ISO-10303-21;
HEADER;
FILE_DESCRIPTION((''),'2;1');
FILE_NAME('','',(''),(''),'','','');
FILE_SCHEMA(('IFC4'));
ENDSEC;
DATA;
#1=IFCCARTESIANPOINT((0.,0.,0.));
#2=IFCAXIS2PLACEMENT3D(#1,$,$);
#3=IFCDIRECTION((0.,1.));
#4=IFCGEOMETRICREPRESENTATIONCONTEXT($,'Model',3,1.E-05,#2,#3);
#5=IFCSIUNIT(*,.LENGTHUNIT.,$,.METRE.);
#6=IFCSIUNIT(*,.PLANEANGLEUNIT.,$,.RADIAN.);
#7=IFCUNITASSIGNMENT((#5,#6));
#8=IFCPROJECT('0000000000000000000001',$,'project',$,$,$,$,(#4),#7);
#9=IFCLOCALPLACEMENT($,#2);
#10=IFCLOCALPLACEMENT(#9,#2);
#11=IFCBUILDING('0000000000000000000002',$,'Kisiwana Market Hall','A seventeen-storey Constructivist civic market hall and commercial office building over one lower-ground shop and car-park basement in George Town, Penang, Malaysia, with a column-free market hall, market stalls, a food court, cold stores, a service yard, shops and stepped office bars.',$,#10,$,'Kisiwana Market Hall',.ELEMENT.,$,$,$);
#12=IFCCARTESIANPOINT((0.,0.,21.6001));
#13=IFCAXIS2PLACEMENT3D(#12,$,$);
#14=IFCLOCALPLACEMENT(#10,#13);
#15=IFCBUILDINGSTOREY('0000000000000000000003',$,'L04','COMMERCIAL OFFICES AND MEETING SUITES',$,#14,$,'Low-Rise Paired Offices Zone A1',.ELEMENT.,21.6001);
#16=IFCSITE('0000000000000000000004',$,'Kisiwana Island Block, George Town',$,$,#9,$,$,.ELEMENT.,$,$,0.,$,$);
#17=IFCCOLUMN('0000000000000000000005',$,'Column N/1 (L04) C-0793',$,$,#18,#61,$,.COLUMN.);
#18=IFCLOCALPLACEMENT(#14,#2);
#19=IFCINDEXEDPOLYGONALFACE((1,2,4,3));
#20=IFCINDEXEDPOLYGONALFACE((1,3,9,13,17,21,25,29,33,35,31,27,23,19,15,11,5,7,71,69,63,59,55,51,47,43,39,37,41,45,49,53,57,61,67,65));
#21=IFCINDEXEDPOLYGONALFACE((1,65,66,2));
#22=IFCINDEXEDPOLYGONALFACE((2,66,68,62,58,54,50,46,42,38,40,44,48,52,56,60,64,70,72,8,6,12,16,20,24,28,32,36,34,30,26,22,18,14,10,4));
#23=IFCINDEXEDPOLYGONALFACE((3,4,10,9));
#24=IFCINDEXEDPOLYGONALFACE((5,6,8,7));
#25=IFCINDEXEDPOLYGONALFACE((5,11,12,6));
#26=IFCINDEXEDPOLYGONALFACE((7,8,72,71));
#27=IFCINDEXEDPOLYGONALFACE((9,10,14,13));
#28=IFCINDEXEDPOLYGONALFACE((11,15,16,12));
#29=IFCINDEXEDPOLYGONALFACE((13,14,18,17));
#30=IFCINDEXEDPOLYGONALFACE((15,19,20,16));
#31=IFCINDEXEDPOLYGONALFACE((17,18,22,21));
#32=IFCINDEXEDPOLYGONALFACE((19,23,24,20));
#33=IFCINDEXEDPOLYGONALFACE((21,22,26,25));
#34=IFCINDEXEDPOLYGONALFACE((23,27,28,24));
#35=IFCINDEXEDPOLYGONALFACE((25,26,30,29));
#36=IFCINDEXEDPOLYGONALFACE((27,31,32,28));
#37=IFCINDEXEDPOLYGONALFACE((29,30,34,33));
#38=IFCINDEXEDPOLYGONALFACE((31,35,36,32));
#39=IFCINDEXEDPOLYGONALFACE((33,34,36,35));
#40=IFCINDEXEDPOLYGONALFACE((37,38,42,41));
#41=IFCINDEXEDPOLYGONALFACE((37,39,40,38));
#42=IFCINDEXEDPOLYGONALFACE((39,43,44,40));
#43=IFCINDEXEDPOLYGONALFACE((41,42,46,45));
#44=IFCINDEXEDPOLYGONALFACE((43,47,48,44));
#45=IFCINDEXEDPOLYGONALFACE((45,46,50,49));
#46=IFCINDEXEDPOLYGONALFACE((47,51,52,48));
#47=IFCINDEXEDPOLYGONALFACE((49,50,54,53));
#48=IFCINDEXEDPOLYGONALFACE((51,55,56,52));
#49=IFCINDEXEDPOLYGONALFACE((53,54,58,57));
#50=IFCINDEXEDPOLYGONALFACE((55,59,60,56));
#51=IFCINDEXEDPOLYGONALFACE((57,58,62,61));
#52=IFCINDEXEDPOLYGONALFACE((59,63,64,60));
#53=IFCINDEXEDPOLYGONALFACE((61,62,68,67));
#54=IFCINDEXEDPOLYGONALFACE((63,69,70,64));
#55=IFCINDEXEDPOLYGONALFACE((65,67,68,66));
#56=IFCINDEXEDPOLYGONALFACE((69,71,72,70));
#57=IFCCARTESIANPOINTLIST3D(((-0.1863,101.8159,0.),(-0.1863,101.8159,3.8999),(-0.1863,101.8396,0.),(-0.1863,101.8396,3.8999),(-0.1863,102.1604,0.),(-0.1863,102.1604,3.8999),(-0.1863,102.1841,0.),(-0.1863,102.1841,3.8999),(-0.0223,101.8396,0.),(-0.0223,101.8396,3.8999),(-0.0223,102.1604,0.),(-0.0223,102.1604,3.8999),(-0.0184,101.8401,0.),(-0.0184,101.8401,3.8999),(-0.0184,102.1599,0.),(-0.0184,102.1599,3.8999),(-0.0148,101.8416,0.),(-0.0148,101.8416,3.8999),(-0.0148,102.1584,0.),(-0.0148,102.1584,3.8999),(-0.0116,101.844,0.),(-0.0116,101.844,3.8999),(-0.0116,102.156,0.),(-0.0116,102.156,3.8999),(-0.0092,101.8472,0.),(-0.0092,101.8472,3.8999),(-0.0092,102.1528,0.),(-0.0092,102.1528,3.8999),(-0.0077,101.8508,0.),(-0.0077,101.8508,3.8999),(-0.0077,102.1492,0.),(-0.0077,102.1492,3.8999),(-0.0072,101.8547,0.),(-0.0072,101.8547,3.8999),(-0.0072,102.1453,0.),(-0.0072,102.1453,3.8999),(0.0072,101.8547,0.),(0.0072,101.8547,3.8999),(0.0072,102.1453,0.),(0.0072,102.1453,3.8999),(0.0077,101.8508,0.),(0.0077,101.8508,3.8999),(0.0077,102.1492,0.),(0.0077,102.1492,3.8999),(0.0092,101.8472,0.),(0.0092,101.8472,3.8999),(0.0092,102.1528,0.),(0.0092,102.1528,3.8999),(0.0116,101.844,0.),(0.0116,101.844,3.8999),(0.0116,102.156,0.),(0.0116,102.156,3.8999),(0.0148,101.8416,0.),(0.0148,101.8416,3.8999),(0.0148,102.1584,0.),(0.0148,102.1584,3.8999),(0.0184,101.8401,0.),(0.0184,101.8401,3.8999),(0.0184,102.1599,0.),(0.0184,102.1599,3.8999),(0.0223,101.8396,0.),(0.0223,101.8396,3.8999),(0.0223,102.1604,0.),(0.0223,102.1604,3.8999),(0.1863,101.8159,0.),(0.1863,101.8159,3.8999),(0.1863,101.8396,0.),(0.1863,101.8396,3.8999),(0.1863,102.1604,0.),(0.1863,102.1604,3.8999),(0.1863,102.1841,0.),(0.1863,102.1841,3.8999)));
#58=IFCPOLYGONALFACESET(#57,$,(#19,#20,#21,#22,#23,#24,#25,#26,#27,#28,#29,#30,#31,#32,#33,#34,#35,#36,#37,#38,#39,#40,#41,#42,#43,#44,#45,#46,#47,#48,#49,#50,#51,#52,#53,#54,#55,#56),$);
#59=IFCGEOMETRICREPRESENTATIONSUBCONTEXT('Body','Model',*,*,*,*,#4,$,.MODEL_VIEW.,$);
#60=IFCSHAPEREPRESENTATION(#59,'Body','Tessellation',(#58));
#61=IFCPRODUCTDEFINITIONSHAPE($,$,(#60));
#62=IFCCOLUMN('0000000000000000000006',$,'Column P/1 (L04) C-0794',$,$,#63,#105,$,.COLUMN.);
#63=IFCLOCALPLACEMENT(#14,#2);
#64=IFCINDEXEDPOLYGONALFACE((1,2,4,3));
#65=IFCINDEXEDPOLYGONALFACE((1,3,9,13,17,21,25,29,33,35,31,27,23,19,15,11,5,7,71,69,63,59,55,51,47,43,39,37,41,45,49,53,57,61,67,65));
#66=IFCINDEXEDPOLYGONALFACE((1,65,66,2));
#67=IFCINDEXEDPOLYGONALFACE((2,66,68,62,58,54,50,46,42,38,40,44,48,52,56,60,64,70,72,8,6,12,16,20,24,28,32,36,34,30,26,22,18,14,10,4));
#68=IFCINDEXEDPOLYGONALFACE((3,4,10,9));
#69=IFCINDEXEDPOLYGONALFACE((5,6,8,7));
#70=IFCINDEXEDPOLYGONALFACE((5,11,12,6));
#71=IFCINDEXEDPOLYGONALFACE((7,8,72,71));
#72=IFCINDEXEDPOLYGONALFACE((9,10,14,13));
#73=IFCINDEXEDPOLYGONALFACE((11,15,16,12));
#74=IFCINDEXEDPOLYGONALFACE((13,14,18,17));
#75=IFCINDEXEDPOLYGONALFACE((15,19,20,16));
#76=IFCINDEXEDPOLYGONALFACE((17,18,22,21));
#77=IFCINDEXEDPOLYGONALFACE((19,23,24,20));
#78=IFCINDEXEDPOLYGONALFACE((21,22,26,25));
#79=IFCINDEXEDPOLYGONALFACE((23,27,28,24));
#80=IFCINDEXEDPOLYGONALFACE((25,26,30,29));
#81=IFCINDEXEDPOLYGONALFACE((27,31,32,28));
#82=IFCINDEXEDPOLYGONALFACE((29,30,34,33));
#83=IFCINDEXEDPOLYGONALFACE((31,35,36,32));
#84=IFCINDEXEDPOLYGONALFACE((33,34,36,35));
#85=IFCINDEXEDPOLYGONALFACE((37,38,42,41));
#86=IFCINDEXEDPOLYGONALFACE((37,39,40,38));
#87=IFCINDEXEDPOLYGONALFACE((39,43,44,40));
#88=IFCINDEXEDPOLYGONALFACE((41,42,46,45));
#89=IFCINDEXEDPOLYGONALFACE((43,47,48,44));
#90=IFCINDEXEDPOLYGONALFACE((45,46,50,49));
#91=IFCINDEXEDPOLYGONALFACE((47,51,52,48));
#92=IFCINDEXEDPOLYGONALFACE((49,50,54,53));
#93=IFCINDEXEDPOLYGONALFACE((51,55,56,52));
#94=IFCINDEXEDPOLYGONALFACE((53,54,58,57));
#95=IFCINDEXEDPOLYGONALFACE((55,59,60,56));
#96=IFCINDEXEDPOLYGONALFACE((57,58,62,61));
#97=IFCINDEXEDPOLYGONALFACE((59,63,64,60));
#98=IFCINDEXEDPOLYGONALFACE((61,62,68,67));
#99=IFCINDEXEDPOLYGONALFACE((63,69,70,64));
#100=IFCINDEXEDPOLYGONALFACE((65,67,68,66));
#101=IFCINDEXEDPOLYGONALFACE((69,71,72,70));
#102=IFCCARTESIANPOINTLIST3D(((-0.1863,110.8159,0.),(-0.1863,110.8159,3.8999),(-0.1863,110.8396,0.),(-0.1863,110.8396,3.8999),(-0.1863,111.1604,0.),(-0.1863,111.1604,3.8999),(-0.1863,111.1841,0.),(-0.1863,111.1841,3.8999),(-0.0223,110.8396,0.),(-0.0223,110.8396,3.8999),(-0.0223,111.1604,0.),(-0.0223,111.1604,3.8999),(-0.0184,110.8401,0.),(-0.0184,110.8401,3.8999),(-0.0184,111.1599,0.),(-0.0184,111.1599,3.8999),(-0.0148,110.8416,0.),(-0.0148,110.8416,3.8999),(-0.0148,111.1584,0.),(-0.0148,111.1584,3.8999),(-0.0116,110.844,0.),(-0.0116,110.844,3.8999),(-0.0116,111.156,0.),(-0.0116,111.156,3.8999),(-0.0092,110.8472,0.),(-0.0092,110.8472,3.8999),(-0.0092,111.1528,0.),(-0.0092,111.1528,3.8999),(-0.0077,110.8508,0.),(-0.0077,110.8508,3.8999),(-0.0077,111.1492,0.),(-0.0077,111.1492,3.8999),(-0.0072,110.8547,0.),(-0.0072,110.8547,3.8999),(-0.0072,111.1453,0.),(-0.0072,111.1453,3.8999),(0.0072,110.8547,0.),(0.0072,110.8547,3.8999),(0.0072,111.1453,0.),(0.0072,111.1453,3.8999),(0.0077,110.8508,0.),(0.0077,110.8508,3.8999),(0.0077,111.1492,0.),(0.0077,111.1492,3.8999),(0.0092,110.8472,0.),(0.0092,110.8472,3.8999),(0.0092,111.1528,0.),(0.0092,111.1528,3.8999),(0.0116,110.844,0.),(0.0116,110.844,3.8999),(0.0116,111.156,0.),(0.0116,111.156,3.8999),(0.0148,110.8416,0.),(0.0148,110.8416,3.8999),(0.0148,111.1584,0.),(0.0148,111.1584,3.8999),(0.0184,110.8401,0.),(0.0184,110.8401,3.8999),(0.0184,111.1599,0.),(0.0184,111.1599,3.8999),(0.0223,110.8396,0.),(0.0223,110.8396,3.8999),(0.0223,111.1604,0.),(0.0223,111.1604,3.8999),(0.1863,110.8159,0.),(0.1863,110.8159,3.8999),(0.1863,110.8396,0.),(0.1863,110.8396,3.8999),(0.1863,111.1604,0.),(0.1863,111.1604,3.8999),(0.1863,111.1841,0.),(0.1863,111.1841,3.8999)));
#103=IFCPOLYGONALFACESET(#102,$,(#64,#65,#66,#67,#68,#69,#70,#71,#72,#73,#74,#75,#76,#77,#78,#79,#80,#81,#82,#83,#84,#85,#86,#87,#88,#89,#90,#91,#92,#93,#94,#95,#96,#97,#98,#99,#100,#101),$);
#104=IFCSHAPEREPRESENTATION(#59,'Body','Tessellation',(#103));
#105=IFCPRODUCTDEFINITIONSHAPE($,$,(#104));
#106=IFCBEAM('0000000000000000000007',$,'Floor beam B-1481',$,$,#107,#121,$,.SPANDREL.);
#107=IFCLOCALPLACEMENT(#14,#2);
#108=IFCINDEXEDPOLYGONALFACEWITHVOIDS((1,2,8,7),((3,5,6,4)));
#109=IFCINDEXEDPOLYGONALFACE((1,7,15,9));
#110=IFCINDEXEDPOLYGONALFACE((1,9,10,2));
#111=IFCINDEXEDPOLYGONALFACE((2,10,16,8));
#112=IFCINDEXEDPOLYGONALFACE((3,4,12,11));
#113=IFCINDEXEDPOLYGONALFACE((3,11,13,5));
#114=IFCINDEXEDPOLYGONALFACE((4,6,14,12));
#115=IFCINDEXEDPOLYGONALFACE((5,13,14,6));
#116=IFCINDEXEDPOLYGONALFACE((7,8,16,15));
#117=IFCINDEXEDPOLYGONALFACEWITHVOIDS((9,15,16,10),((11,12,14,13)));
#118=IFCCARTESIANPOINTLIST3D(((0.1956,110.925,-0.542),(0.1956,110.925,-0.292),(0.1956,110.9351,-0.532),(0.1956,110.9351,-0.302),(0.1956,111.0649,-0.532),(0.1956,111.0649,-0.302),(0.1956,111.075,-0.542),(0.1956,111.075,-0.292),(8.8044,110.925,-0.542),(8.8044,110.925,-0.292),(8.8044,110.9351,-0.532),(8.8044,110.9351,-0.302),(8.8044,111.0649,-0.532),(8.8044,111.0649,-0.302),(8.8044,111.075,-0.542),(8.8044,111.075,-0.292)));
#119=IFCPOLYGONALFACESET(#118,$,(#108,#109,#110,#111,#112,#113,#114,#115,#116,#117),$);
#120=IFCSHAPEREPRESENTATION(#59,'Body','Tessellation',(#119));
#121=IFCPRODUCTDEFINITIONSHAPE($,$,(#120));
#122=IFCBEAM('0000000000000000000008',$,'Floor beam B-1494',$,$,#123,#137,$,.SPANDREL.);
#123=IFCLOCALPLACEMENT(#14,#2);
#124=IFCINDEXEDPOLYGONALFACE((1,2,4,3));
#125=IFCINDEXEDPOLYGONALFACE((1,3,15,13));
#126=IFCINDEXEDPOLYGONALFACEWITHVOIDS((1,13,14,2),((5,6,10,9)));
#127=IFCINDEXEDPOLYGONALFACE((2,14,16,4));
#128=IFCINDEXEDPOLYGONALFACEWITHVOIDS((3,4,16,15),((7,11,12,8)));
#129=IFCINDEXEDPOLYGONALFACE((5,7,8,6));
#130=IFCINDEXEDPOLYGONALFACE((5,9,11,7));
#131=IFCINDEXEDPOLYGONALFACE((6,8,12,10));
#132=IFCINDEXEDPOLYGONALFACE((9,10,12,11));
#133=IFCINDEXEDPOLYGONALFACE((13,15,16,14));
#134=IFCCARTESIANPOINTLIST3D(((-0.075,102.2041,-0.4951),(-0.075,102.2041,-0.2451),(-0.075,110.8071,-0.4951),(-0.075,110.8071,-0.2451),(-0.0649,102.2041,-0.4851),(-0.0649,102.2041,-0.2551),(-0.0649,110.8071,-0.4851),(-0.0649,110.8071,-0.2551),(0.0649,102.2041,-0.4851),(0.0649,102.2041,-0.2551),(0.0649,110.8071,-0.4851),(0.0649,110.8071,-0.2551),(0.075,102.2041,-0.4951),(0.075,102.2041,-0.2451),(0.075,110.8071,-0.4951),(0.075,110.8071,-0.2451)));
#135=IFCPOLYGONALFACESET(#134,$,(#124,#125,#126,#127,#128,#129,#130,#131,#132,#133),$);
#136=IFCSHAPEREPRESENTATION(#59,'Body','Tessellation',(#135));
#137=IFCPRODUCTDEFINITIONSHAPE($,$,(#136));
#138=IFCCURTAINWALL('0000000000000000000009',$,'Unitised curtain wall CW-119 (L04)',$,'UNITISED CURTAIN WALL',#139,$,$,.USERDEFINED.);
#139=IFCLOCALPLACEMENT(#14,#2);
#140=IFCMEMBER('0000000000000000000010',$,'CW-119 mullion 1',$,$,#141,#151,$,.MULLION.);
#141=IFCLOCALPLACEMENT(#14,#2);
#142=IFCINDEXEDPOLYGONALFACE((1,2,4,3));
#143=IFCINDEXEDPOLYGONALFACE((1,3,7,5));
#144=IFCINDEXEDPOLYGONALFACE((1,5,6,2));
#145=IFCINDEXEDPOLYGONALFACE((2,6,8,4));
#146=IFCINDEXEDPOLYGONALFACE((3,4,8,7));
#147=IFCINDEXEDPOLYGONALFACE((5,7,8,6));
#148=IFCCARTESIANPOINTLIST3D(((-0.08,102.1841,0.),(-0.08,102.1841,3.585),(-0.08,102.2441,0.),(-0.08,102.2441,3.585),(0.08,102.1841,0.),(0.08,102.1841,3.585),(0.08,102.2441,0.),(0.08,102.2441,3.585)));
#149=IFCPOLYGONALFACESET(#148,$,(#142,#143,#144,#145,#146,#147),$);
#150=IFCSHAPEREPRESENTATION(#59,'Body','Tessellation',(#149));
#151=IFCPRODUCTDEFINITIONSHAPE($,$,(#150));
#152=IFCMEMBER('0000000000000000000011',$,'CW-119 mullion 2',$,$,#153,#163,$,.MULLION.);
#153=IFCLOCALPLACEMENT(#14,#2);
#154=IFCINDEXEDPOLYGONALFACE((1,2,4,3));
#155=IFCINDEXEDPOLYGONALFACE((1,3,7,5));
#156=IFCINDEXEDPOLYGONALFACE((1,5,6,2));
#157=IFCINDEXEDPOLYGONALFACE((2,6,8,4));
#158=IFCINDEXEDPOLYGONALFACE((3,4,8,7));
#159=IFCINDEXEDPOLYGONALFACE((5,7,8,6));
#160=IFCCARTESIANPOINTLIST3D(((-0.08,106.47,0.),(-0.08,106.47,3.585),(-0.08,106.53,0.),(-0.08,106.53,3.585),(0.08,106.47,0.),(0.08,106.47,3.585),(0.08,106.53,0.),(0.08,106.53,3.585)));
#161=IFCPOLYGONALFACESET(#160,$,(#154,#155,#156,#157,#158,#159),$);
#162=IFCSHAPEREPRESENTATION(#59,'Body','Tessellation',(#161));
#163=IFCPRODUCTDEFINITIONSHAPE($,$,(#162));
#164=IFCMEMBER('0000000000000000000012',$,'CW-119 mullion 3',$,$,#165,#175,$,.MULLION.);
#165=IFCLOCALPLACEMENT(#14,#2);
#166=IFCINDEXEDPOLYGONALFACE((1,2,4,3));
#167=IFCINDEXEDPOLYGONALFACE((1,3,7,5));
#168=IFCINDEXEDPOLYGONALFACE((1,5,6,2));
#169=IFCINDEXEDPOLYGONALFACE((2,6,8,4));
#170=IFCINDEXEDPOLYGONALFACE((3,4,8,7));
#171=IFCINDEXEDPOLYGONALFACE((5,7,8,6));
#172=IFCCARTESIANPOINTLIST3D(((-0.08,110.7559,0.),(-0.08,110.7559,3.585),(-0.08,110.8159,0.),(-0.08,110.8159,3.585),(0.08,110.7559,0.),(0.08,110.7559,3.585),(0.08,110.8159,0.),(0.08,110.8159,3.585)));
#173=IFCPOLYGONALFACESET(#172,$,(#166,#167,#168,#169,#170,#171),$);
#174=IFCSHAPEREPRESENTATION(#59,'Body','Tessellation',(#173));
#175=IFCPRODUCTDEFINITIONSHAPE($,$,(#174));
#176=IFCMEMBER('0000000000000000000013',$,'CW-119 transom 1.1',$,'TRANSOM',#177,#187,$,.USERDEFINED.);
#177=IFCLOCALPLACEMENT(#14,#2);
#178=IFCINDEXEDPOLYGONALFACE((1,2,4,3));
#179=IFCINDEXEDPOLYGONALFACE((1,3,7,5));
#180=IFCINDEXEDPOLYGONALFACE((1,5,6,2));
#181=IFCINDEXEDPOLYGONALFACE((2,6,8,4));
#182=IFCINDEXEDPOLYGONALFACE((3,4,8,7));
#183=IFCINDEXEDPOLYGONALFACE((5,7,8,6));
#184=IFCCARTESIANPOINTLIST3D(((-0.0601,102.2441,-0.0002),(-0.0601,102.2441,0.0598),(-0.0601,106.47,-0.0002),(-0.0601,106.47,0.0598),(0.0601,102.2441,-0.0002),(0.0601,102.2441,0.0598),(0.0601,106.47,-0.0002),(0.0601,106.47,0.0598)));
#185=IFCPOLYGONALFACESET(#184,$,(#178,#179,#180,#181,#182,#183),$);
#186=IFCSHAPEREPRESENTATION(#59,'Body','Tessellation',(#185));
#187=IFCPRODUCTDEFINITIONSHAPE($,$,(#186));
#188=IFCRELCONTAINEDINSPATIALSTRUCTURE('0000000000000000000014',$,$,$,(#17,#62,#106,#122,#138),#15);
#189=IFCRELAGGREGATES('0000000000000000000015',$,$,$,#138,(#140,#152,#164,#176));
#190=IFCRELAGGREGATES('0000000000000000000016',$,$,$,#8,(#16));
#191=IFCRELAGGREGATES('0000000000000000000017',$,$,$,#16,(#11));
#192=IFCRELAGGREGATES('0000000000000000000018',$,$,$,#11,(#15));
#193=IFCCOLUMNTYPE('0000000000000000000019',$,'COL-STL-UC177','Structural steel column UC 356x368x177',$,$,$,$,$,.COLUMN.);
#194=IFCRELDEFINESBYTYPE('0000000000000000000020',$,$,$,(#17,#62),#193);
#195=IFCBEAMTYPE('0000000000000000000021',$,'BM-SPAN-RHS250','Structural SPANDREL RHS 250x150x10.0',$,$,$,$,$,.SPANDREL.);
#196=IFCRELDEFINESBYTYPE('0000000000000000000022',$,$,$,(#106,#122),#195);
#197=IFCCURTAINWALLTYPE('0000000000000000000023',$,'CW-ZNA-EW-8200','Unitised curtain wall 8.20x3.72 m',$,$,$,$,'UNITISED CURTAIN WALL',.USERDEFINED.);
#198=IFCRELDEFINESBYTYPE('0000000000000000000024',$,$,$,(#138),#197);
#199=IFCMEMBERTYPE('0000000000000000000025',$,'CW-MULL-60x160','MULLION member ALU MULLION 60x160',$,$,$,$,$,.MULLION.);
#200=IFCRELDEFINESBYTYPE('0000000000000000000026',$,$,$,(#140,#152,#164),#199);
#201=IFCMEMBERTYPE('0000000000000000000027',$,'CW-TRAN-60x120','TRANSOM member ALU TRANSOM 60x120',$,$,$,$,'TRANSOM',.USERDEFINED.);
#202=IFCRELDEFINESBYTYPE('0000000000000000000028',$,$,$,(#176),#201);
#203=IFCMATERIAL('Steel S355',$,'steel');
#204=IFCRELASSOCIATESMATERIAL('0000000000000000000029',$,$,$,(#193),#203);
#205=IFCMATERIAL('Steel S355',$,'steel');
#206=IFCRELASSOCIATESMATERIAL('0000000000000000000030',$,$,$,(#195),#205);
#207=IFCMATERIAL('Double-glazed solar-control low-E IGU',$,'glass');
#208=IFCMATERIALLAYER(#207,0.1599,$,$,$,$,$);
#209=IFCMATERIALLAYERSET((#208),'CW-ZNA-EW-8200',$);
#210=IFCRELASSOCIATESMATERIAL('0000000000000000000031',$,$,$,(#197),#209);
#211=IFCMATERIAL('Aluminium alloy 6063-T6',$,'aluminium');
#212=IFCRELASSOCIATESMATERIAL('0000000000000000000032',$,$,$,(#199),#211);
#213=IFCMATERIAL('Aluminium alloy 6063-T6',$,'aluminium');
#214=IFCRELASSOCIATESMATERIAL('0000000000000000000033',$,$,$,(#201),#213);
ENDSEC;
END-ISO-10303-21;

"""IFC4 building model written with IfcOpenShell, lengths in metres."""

from ifc_helpers import new_model, si_unit, direction, frame, origin, origin_2d, place, context, subcontext, project, spatial, rectangle, hollow_rectangle, i_section, extrude, material, layer, layer_set, material_profile, profile_set, type_object, element, aggregate, save


model = new_model("IFC4")

# Units and contexts
model_context = context("Model", 3, precision=1e-05, world=origin(), true_north=direction((0.0, 1.0)))
body_context = subcontext(model_context, "Body", "Model", "MODEL_VIEW")
ifc_project = project(units=[si_unit("LENGTHUNIT", "METRE"), si_unit("PLANEANGLEUNIT", "RADIAN")], contexts=[model_context])

# Site, building, storey
site_placement = place(None, origin())
site = spatial("IfcSite", under=ifc_project, at=site_placement, Name="Kisiwana Island Block, George Town", CompositionType="ELEMENT", RefElevation=0.0)
building_placement = place(site_placement, origin())
building = spatial("IfcBuilding", under=site, at=building_placement, Name="Kisiwana Market Hall", Description="A seventeen-storey Constructivist civic market hall and commercial office building over one lower-ground shop and car-park basement in George Town, Penang, Malaysia, with a column-free market hall, market stalls, a food court, cold stores, a service yard, shops and stepped office bars.", LongName="Kisiwana Market Hall", CompositionType="ELEMENT")
storey_placement = place(building_placement, frame((0.0, 0.0, 21.6001)))
storey = spatial("IfcBuildingStorey", under=building, at=storey_placement, Name="L04", Description="COMMERCIAL OFFICES AND MEETING SUITES", LongName="Low-Rise Paired Offices Zone A1", CompositionType="ELEMENT", Elevation=21.6001)

# Columns
ifc_material_1 = material(Name="Steel S355", Category="steel")
ifc_material_profile_1 = material_profile(ifc_material_1, i_section(OverallWidth=0.3726, OverallDepth=0.3682, WebThickness=0.0144, FlangeThickness=0.0237, FilletRadius=0.0151, at=origin_2d()), Name="UC 356x368x177")
ifc_profile_set_1 = profile_set([ifc_material_profile_1], Name="Steel S355")
column_type = type_object("IfcColumnType", Name="COL-STL-UC177", Description="Structural steel column UC 356x368x177", PredefinedType="COLUMN", material=ifc_profile_set_1)
for number, where, z_axis, x_axis, name in (
    (1, (0.0, 102.0, 0.0), (0.0, 0.0, 1.0), (1.0, 0.0, 0.0), "Column N/1 (L04) C-0793"),
    (2, (0.0, 111.0, 0.0), (0.0, 0.0, 1.0), (1.0, 0.0, 0.0), "Column P/1 (L04) C-0794"),
):
    element("IfcColumn", number, at=place(storey_placement, frame(where, z_axis=z_axis, x_axis=x_axis)), inside=storey, type_object=column_type, Name=name, PredefinedType="COLUMN", context=body_context, shape_type="SweptSolid", body=[
        extrude(i_section(OverallWidth=0.3726, OverallDepth=0.3682, WebThickness=0.0144, FlangeThickness=0.0237, FilletRadius=0.0151, at=origin_2d()), origin(), (0.0, 0.0, 1.0), 3.8999),
    ])

# Beams
ifc_material_2 = material(Name="Steel S355", Category="steel")
ifc_material_profile_2 = material_profile(ifc_material_2, hollow_rectangle(XDim=0.1499, YDim=0.25, WallThickness=0.01, at=origin_2d()), Name="RHS 250x150x10.0")
ifc_profile_set_2 = profile_set([ifc_material_profile_2], Name="Steel S355")
beam_type = type_object("IfcBeamType", Name="BM-SPAN-RHS250", Description="Structural SPANDREL RHS 250x150x10.0", PredefinedType="SPANDREL", material=ifc_profile_set_2)
beam_1_placement = place(storey_placement, frame((0.1956, 111.0, -0.417), z_axis=(1.0, 0.0, 0.0), x_axis=(0.0, 1.0, 0.0)))
element("IfcBeam", 3, at=beam_1_placement, inside=storey, type_object=beam_type, Name="Floor beam B-1481", PredefinedType="SPANDREL", context=body_context, shape_type="SweptSolid", body=[
    extrude(hollow_rectangle(XDim=0.1499, YDim=0.25, WallThickness=0.01, at=origin_2d()), origin(), (0.0, 0.0, 1.0), 8.6089),
])
beam_2_placement = place(storey_placement, frame((0.0, 102.2041, -0.3701), z_axis=(0.0, 1.0, 0.0), x_axis=(-1.0, 0.0, 0.0)))
element("IfcBeam", 4, at=beam_2_placement, inside=storey, type_object=beam_type, Name="Floor beam B-1494", PredefinedType="SPANDREL", context=body_context, shape_type="SweptSolid", body=[
    extrude(hollow_rectangle(XDim=0.1499, YDim=0.25, WallThickness=0.01, at=origin_2d()), origin(), (0.0, 0.0, 1.0), 8.603),
])

# Curtain wall, members
ifc_material_3 = material(Name="Double-glazed solar-control low-E IGU", Category="glass")
ifc_layer_1 = layer(ifc_material_3, 0.1599)
ifc_layer_set_1 = layer_set([ifc_layer_1], Name="CW-ZNA-EW-8200")
curtain_wall_type = type_object("IfcCurtainWallType", Name="CW-ZNA-EW-8200", Description="Unitised curtain wall 8.20x3.72 m", ElementType="UNITISED CURTAIN WALL", PredefinedType="USERDEFINED", material=ifc_layer_set_1)
curtain_wall_placement = place(storey_placement, origin())
curtain_wall = element("IfcCurtainWall", 5, at=curtain_wall_placement, inside=storey, type_object=curtain_wall_type, Name="Unitised curtain wall CW-119 (L04)", ObjectType="UNITISED CURTAIN WALL", PredefinedType="USERDEFINED")
ifc_material_4 = material(Name="Aluminium alloy 6063-T6", Category="aluminium")
ifc_material_profile_3 = material_profile(ifc_material_4, rectangle(XDim=0.0601, YDim=0.1599, at=origin_2d()), Name="ALU MULLION 60x160")
ifc_profile_set_3 = profile_set([ifc_material_profile_3], Name="Aluminium alloy 6063-T6")
member_type_1 = type_object("IfcMemberType", Name="CW-MULL-60x160", Description="MULLION member ALU MULLION 60x160", PredefinedType="MULLION", material=ifc_profile_set_3)
member_1_placement = place(storey_placement, frame((0.0, 102.2141, 0.0), z_axis=(0.0, 0.0, 1.0), x_axis=(0.0, 1.0, 0.0)))
member_1 = element("IfcMember", 6, at=member_1_placement, type_object=member_type_1, Name="CW-119 mullion 1", PredefinedType="MULLION", context=body_context, shape_type="SweptSolid", body=[
    extrude(rectangle(XDim=0.0601, YDim=0.1599, at=origin_2d()), origin(), (0.0, 0.0, 1.0), 3.585),
])
member_2_placement = place(storey_placement, frame((0.0, 106.5, 0.0), z_axis=(0.0, 0.0, 1.0), x_axis=(0.0, 1.0, 0.0)))
member_2 = element("IfcMember", 7, at=member_2_placement, type_object=member_type_1, Name="CW-119 mullion 2", PredefinedType="MULLION", context=body_context, shape_type="SweptSolid", body=[
    extrude(rectangle(XDim=0.0601, YDim=0.1599, at=origin_2d()), origin(), (0.0, 0.0, 1.0), 3.585),
])
member_3_placement = place(storey_placement, frame((0.0, 110.7859, 0.0), z_axis=(0.0, 0.0, 1.0), x_axis=(0.0, 1.0, 0.0)))
member_3 = element("IfcMember", 8, at=member_3_placement, type_object=member_type_1, Name="CW-119 mullion 3", PredefinedType="MULLION", context=body_context, shape_type="SweptSolid", body=[
    extrude(rectangle(XDim=0.0601, YDim=0.1599, at=origin_2d()), origin(), (0.0, 0.0, 1.0), 3.585),
])
ifc_material_5 = material(Name="Aluminium alloy 6063-T6", Category="aluminium")
ifc_material_profile_4 = material_profile(ifc_material_5, rectangle(XDim=0.1201, YDim=0.0601, at=origin_2d()), Name="ALU TRANSOM 60x120")
ifc_profile_set_4 = profile_set([ifc_material_profile_4], Name="Aluminium alloy 6063-T6")
member_type_2 = type_object("IfcMemberType", Name="CW-TRAN-60x120", Description="TRANSOM member ALU TRANSOM 60x120", ElementType="TRANSOM", PredefinedType="USERDEFINED", material=ifc_profile_set_4)
member_4_placement = place(storey_placement, frame((0.0, 102.2441, 0.0298), z_axis=(0.0, 1.0, 0.0), x_axis=(-1.0, 0.0, 0.0)))
member_4 = element("IfcMember", 9, at=member_4_placement, type_object=member_type_2, Name="CW-119 transom 1.1", ObjectType="TRANSOM", PredefinedType="USERDEFINED", context=body_context, shape_type="SweptSolid", body=[
    extrude(rectangle(XDim=0.1201, YDim=0.0601, at=origin_2d()), origin(), (0.0, 0.0, 1.0), 4.2258),
])
aggregate(curtain_wall, [member_1, member_2, member_3, member_4])

save(model, "model.ifc")
